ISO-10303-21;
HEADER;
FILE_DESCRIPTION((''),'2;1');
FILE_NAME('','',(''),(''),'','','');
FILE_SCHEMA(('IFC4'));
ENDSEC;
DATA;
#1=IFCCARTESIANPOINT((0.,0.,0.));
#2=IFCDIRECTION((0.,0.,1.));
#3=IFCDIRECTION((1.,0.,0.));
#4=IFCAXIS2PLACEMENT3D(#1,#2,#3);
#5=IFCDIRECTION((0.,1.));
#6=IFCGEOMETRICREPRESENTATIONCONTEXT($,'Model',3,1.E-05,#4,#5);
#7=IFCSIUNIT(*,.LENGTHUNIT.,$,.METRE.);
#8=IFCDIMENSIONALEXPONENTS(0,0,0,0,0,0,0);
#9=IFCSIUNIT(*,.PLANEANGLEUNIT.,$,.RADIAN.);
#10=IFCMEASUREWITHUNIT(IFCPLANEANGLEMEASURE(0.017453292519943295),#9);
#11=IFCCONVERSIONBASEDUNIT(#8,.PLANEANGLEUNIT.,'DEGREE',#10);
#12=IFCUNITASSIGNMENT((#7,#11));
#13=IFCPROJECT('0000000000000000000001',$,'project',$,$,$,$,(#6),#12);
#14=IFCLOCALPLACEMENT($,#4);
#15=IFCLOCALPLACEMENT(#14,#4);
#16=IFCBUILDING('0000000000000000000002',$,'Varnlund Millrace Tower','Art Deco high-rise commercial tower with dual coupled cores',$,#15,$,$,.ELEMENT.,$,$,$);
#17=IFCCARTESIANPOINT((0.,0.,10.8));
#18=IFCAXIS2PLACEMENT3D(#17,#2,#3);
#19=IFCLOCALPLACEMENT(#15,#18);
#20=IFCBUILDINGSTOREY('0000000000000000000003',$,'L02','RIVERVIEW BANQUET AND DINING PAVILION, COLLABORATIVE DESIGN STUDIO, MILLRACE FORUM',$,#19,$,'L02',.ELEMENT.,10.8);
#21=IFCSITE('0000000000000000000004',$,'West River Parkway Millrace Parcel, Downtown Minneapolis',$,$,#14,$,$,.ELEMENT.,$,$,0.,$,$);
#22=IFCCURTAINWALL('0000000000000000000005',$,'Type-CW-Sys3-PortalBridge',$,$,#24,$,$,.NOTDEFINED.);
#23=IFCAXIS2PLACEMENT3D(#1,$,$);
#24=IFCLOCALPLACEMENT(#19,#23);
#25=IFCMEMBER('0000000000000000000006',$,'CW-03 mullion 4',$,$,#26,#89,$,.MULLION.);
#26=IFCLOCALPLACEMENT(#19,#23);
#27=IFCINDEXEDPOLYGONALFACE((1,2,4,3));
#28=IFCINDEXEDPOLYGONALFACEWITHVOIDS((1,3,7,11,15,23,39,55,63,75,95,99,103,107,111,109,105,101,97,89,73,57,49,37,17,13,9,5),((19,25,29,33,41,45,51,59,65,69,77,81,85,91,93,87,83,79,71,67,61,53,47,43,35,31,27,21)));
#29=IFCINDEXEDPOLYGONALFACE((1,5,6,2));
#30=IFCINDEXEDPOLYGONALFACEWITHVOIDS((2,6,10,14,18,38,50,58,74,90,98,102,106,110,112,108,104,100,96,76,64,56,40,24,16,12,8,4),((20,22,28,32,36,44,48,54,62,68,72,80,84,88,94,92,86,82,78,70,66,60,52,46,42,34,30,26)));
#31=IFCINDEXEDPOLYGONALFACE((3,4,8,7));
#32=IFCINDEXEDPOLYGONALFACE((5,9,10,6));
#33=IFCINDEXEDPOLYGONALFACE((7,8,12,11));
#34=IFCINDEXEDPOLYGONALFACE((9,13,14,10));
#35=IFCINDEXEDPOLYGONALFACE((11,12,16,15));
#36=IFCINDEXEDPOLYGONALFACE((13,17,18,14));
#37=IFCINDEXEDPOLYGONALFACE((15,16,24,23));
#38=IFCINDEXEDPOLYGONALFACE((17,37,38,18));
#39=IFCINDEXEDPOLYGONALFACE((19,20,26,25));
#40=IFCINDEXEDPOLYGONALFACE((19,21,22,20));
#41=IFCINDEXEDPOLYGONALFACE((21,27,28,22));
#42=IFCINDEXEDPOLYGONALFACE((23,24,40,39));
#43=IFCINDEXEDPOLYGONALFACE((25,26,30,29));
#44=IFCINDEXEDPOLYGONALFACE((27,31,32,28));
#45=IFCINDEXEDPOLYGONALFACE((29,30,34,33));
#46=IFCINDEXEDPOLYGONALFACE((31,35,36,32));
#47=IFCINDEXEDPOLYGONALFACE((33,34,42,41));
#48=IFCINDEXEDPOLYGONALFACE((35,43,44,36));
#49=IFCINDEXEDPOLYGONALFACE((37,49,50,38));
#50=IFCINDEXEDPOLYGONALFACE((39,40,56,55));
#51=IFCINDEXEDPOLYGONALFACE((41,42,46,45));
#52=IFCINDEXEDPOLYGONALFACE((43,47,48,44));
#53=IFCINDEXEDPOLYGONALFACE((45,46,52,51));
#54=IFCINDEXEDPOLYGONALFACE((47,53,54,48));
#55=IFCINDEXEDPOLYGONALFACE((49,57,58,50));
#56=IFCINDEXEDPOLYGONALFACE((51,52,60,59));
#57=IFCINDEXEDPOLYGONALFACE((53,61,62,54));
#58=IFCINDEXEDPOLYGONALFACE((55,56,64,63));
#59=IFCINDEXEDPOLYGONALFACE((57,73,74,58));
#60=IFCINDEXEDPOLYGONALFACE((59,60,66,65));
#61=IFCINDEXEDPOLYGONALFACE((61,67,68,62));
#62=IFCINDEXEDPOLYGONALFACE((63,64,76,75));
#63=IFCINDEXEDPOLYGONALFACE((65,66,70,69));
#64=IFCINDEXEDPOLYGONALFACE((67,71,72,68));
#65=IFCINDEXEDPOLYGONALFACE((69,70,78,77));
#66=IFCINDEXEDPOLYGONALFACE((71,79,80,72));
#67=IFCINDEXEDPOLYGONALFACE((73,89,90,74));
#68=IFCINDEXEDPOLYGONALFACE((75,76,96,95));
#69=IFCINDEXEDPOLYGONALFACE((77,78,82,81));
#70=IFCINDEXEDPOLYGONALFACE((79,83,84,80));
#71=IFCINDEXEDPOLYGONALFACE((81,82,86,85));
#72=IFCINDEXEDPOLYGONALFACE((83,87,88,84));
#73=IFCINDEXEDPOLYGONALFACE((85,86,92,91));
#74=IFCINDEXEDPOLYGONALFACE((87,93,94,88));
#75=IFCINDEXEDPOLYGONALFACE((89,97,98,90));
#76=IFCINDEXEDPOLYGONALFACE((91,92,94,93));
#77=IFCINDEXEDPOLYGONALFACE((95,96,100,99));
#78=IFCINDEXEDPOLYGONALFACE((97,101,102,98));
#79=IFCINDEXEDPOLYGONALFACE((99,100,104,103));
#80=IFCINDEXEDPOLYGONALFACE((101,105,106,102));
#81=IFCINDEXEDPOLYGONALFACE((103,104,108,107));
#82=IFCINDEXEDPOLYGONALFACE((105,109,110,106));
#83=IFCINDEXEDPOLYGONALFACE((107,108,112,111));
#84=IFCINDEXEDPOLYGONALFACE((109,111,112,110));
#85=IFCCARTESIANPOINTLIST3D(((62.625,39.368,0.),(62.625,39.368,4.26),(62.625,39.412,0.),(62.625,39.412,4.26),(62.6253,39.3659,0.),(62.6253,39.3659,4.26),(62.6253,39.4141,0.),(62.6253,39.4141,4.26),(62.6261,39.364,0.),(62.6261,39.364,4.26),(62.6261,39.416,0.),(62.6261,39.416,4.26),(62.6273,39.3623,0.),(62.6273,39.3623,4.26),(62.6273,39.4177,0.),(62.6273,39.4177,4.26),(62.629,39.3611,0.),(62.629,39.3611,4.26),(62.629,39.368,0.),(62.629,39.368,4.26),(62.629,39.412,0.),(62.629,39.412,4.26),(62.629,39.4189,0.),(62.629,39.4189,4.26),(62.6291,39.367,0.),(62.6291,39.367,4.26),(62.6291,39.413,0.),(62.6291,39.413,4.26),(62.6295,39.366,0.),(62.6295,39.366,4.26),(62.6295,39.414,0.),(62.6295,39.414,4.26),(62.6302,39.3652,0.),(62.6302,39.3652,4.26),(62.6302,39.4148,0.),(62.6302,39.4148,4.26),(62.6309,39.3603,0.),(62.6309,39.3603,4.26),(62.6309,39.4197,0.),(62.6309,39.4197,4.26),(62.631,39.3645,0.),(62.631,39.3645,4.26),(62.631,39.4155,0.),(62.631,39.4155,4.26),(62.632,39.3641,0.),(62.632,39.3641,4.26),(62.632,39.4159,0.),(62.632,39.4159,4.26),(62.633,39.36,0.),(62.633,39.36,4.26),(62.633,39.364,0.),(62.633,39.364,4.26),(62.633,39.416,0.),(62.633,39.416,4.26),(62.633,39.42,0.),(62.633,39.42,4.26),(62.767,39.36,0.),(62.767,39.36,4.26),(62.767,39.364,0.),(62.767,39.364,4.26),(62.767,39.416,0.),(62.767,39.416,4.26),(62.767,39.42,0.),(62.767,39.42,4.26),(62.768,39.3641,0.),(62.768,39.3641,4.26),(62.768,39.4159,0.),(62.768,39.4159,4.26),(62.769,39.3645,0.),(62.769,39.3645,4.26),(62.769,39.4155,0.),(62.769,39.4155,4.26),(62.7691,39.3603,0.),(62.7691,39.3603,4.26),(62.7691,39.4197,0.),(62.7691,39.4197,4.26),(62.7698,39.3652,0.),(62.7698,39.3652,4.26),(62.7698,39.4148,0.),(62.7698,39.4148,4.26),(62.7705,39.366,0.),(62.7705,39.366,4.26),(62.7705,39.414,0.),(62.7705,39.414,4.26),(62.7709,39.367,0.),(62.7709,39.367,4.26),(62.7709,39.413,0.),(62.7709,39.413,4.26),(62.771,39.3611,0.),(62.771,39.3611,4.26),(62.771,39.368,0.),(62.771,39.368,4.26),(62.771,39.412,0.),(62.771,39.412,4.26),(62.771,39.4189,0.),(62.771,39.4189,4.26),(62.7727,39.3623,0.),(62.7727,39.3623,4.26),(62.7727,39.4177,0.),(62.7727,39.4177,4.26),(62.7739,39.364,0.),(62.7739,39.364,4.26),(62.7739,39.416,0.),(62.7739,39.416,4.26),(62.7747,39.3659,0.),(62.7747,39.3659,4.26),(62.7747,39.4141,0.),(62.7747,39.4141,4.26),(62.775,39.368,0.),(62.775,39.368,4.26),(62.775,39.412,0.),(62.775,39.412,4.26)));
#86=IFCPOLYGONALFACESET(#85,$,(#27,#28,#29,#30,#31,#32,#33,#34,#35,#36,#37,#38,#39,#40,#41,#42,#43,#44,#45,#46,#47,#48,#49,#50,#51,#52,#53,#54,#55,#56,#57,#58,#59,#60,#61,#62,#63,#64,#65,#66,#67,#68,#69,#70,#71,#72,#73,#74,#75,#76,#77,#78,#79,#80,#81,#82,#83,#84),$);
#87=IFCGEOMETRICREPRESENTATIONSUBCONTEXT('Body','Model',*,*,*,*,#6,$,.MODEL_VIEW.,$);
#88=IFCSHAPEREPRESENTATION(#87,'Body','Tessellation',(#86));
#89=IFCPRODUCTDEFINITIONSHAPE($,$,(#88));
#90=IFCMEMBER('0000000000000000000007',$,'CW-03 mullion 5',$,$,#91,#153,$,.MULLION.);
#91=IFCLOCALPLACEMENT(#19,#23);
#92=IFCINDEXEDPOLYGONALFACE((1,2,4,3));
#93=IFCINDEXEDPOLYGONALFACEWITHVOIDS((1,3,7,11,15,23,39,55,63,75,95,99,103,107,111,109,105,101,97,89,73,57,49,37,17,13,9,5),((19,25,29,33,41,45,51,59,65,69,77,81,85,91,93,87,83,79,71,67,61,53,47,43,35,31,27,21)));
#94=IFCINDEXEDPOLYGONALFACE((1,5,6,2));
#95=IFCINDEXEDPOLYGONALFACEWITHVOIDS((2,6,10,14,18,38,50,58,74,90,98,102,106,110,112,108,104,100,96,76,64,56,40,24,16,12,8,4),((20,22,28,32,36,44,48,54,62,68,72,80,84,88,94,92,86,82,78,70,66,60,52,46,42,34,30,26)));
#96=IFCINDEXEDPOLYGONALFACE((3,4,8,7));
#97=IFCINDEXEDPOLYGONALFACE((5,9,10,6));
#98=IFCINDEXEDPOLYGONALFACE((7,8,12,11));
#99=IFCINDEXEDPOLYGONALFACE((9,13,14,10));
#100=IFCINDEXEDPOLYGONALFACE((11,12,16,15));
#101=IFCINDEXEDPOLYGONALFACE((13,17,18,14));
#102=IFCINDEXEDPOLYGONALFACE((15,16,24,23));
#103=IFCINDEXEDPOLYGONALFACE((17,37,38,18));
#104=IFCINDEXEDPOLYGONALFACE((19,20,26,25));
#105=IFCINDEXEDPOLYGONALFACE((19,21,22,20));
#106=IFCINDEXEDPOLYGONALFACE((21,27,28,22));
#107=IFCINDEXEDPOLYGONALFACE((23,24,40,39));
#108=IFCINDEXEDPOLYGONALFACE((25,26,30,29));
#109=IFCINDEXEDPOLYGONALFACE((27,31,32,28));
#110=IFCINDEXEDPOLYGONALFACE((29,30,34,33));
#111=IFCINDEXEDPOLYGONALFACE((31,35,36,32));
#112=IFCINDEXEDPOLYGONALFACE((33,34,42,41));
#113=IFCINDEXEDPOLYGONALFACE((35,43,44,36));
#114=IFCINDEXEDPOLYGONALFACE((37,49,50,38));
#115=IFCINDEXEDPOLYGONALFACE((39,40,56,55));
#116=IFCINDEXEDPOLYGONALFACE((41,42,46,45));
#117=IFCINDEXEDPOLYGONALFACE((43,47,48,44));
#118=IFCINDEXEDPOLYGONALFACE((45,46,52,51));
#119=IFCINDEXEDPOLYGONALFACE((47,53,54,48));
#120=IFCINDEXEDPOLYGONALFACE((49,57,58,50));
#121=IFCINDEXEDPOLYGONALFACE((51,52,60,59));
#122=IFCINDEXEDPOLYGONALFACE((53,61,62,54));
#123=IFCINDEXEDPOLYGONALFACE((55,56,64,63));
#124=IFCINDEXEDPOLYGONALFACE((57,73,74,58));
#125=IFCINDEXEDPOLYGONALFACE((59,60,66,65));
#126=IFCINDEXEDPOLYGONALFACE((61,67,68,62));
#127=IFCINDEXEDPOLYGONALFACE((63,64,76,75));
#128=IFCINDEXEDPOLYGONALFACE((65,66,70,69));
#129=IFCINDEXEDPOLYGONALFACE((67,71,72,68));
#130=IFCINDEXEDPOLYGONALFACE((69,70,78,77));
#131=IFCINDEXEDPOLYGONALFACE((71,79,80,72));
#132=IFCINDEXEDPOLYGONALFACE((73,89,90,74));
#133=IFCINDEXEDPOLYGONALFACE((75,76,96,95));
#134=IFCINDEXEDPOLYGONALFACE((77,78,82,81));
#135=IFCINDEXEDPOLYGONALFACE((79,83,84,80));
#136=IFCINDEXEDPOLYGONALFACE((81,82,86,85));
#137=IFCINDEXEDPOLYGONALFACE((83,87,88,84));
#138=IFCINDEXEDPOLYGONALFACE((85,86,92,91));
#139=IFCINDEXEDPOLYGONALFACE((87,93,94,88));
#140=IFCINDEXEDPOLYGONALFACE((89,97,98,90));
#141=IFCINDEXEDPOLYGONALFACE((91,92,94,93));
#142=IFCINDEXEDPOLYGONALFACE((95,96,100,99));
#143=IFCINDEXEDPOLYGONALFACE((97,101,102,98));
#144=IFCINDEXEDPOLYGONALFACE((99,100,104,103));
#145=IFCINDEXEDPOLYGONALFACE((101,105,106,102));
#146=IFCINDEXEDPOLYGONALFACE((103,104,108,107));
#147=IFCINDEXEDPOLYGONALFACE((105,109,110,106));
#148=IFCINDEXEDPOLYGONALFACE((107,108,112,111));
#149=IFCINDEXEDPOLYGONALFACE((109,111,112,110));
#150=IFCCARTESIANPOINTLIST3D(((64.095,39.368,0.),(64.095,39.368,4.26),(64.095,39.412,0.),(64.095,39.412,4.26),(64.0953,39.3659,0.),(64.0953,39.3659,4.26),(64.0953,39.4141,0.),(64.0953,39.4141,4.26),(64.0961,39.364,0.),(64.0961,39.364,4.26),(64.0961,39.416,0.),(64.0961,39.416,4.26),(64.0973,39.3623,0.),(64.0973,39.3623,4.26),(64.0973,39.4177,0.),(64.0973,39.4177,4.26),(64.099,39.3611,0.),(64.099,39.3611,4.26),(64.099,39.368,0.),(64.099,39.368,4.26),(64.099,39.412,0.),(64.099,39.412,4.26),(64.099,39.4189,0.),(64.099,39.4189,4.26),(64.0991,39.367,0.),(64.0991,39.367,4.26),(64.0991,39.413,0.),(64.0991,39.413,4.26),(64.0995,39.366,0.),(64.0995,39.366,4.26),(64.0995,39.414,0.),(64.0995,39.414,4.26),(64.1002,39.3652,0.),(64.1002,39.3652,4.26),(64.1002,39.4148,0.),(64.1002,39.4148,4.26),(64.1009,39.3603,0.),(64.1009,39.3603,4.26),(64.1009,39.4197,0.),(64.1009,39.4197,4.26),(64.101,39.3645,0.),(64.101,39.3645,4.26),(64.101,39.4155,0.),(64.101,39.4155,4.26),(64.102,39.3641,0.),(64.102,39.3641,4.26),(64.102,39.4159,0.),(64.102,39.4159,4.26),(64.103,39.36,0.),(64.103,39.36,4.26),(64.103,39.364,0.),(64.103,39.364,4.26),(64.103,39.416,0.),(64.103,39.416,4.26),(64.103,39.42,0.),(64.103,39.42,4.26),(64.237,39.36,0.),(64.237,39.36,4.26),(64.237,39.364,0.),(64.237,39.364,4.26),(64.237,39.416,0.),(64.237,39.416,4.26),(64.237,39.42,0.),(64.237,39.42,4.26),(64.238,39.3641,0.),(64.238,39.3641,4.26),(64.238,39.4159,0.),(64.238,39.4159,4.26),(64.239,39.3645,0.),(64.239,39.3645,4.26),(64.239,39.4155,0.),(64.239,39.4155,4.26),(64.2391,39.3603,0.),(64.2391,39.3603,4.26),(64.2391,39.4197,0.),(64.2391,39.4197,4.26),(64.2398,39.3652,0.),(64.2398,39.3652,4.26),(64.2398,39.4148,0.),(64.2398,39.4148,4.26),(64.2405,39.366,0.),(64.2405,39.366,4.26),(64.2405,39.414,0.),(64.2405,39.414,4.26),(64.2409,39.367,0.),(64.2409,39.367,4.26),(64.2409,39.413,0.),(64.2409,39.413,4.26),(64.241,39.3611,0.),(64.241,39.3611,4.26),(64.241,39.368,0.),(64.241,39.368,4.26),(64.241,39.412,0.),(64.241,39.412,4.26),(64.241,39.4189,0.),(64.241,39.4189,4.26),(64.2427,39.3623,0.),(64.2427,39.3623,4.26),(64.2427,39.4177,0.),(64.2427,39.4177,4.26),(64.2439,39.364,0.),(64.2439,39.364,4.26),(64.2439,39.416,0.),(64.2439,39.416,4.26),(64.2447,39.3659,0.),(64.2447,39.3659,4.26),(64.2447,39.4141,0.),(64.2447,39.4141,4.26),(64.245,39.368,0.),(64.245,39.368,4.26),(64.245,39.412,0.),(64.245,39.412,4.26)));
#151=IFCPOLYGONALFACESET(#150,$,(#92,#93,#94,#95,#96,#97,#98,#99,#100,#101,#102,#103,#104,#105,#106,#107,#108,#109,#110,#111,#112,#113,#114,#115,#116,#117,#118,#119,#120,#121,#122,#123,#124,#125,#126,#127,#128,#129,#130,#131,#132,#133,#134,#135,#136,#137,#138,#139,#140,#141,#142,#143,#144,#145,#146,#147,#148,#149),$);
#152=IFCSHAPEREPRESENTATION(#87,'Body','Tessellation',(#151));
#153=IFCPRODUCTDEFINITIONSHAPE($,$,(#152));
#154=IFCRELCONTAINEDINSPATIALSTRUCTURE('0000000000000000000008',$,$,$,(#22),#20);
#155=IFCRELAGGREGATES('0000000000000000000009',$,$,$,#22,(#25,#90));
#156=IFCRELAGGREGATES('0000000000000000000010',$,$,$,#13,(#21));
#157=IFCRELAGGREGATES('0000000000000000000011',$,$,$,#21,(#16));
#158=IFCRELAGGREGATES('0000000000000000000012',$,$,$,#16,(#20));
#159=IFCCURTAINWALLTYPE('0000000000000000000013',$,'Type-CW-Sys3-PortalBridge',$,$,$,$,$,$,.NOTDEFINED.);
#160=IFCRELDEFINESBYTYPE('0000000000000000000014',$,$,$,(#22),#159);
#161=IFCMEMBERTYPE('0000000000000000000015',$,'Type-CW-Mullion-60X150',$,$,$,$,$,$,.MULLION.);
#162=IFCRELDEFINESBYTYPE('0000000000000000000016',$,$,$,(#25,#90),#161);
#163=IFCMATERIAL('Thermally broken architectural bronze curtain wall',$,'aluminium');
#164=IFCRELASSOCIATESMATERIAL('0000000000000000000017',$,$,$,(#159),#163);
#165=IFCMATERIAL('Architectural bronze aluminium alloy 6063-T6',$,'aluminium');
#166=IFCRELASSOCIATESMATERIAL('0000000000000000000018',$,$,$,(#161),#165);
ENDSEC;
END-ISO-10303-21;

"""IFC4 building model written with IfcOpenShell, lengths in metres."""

from ifc_helpers import new_model, entity, si_unit, converted_unit, direction, frame, origin_with_axes, origin_2d_with_axis, place, context, subcontext, project, spatial, hollow_rectangle, extrude, material, material_profile, profile_set, type_object, element, aggregate, save


model = new_model("IFC4")

# Units and contexts
model_context = context("Model", 3, precision=1e-05, world=origin_with_axes(), true_north=direction((0.0, 1.0)))
body_context = subcontext(model_context, "Body", "Model", "MODEL_VIEW")
ifc_project = project(units=[si_unit("LENGTHUNIT", "METRE"), converted_unit("PLANEANGLEUNIT", "DEGREE", entity("IfcPlaneAngleMeasure", 0.017453292519943295), si_unit("PLANEANGLEUNIT", "RADIAN"), dimensions=[0, 0, 0, 0, 0, 0, 0])], contexts=[model_context])

# Site, building, storey
site_placement = place(None, origin_with_axes())
site = spatial("IfcSite", under=ifc_project, at=site_placement, Name="West River Parkway Millrace Parcel, Downtown Minneapolis", CompositionType="ELEMENT", RefElevation=0.0)
building_placement = place(site_placement, origin_with_axes())
building = spatial("IfcBuilding", under=site, at=building_placement, Name="Varnlund Millrace Tower", Description="Art Deco high-rise commercial tower with dual coupled cores", CompositionType="ELEMENT")
storey_placement = place(building_placement, frame((0.0, 0.0, 10.8), z_axis=(0.0, 0.0, 1.0), x_axis=(1.0, 0.0, 0.0)))
storey = spatial("IfcBuildingStorey", under=building, at=storey_placement, Name="L02", Description="RIVERVIEW BANQUET AND DINING PAVILION, COLLABORATIVE DESIGN STUDIO, MILLRACE FORUM", LongName="L02", CompositionType="ELEMENT", Elevation=10.8)

# Curtain wall, members
ifc_material_1 = material(Name="Thermally broken architectural bronze curtain wall", Category="aluminium")
curtain_wall_type = type_object("IfcCurtainWallType", Name="Type-CW-Sys3-PortalBridge", PredefinedType="NOTDEFINED", material=ifc_material_1)
curtain_wall_1_placement = place(storey_placement, frame((58.2, 39.39, 0.0), z_axis=(0.0, 0.0, 1.0), x_axis=(1.0, 0.0, 0.0)))
curtain_wall_1 = element("IfcCurtainWall", 1, at=curtain_wall_1_placement, inside=storey, type_object=curtain_wall_type, Name="Type-CW-Sys3-PortalBridge", PredefinedType="NOTDEFINED")
ifc_material_2 = material(Name="Architectural bronze aluminium alloy 6063-T6", Category="aluminium")
ifc_material_profile_1 = material_profile(ifc_material_2, hollow_rectangle(XDim=0.06, YDim=0.15, WallThickness=0.004, InnerFilletRadius=0.004, OuterFilletRadius=0.008, at=origin_2d_with_axis()), Name="Architectural bronze aluminium alloy 6063-T6")
ifc_profile_set_1 = profile_set([ifc_material_profile_1], Name="Architectural bronze aluminium alloy 6063-T6")
member_type_1 = type_object("IfcMemberType", Name="Type-CW-Mullion-60X150", PredefinedType="MULLION", material=ifc_profile_set_1)
member_1_placement = place(storey_placement, frame((62.7, 39.39, 0.0), z_axis=(0.0, 0.0, 1.0), x_axis=(0.0, 1.0, 0.0)))
member_1 = element("IfcMember", 2, at=member_1_placement, type_object=member_type_1, Name="CW-03 mullion 4", PredefinedType="MULLION", context=body_context, shape_type="SweptSolid", body=[
    extrude(hollow_rectangle(XDim=0.06, YDim=0.15, WallThickness=0.004, InnerFilletRadius=0.004, OuterFilletRadius=0.008, at=origin_2d_with_axis()), origin_with_axes(), (0.0, 0.0, 1.0), 4.26),
])
member_2_placement = place(storey_placement, frame((64.17, 39.39, 0.0), z_axis=(0.0, 0.0, 1.0), x_axis=(0.0, 1.0, 0.0)))
member_2 = element("IfcMember", 3, at=member_2_placement, type_object=member_type_1, Name="CW-03 mullion 5", PredefinedType="MULLION", context=body_context, shape_type="SweptSolid", body=[
    extrude(hollow_rectangle(XDim=0.06, YDim=0.15, WallThickness=0.004, InnerFilletRadius=0.004, OuterFilletRadius=0.008, at=origin_2d_with_axis()), origin_with_axes(), (0.0, 0.0, 1.0), 4.26),
])

aggregate(curtain_wall_1, [member_1, member_2])

save(model, "model.ifc")
